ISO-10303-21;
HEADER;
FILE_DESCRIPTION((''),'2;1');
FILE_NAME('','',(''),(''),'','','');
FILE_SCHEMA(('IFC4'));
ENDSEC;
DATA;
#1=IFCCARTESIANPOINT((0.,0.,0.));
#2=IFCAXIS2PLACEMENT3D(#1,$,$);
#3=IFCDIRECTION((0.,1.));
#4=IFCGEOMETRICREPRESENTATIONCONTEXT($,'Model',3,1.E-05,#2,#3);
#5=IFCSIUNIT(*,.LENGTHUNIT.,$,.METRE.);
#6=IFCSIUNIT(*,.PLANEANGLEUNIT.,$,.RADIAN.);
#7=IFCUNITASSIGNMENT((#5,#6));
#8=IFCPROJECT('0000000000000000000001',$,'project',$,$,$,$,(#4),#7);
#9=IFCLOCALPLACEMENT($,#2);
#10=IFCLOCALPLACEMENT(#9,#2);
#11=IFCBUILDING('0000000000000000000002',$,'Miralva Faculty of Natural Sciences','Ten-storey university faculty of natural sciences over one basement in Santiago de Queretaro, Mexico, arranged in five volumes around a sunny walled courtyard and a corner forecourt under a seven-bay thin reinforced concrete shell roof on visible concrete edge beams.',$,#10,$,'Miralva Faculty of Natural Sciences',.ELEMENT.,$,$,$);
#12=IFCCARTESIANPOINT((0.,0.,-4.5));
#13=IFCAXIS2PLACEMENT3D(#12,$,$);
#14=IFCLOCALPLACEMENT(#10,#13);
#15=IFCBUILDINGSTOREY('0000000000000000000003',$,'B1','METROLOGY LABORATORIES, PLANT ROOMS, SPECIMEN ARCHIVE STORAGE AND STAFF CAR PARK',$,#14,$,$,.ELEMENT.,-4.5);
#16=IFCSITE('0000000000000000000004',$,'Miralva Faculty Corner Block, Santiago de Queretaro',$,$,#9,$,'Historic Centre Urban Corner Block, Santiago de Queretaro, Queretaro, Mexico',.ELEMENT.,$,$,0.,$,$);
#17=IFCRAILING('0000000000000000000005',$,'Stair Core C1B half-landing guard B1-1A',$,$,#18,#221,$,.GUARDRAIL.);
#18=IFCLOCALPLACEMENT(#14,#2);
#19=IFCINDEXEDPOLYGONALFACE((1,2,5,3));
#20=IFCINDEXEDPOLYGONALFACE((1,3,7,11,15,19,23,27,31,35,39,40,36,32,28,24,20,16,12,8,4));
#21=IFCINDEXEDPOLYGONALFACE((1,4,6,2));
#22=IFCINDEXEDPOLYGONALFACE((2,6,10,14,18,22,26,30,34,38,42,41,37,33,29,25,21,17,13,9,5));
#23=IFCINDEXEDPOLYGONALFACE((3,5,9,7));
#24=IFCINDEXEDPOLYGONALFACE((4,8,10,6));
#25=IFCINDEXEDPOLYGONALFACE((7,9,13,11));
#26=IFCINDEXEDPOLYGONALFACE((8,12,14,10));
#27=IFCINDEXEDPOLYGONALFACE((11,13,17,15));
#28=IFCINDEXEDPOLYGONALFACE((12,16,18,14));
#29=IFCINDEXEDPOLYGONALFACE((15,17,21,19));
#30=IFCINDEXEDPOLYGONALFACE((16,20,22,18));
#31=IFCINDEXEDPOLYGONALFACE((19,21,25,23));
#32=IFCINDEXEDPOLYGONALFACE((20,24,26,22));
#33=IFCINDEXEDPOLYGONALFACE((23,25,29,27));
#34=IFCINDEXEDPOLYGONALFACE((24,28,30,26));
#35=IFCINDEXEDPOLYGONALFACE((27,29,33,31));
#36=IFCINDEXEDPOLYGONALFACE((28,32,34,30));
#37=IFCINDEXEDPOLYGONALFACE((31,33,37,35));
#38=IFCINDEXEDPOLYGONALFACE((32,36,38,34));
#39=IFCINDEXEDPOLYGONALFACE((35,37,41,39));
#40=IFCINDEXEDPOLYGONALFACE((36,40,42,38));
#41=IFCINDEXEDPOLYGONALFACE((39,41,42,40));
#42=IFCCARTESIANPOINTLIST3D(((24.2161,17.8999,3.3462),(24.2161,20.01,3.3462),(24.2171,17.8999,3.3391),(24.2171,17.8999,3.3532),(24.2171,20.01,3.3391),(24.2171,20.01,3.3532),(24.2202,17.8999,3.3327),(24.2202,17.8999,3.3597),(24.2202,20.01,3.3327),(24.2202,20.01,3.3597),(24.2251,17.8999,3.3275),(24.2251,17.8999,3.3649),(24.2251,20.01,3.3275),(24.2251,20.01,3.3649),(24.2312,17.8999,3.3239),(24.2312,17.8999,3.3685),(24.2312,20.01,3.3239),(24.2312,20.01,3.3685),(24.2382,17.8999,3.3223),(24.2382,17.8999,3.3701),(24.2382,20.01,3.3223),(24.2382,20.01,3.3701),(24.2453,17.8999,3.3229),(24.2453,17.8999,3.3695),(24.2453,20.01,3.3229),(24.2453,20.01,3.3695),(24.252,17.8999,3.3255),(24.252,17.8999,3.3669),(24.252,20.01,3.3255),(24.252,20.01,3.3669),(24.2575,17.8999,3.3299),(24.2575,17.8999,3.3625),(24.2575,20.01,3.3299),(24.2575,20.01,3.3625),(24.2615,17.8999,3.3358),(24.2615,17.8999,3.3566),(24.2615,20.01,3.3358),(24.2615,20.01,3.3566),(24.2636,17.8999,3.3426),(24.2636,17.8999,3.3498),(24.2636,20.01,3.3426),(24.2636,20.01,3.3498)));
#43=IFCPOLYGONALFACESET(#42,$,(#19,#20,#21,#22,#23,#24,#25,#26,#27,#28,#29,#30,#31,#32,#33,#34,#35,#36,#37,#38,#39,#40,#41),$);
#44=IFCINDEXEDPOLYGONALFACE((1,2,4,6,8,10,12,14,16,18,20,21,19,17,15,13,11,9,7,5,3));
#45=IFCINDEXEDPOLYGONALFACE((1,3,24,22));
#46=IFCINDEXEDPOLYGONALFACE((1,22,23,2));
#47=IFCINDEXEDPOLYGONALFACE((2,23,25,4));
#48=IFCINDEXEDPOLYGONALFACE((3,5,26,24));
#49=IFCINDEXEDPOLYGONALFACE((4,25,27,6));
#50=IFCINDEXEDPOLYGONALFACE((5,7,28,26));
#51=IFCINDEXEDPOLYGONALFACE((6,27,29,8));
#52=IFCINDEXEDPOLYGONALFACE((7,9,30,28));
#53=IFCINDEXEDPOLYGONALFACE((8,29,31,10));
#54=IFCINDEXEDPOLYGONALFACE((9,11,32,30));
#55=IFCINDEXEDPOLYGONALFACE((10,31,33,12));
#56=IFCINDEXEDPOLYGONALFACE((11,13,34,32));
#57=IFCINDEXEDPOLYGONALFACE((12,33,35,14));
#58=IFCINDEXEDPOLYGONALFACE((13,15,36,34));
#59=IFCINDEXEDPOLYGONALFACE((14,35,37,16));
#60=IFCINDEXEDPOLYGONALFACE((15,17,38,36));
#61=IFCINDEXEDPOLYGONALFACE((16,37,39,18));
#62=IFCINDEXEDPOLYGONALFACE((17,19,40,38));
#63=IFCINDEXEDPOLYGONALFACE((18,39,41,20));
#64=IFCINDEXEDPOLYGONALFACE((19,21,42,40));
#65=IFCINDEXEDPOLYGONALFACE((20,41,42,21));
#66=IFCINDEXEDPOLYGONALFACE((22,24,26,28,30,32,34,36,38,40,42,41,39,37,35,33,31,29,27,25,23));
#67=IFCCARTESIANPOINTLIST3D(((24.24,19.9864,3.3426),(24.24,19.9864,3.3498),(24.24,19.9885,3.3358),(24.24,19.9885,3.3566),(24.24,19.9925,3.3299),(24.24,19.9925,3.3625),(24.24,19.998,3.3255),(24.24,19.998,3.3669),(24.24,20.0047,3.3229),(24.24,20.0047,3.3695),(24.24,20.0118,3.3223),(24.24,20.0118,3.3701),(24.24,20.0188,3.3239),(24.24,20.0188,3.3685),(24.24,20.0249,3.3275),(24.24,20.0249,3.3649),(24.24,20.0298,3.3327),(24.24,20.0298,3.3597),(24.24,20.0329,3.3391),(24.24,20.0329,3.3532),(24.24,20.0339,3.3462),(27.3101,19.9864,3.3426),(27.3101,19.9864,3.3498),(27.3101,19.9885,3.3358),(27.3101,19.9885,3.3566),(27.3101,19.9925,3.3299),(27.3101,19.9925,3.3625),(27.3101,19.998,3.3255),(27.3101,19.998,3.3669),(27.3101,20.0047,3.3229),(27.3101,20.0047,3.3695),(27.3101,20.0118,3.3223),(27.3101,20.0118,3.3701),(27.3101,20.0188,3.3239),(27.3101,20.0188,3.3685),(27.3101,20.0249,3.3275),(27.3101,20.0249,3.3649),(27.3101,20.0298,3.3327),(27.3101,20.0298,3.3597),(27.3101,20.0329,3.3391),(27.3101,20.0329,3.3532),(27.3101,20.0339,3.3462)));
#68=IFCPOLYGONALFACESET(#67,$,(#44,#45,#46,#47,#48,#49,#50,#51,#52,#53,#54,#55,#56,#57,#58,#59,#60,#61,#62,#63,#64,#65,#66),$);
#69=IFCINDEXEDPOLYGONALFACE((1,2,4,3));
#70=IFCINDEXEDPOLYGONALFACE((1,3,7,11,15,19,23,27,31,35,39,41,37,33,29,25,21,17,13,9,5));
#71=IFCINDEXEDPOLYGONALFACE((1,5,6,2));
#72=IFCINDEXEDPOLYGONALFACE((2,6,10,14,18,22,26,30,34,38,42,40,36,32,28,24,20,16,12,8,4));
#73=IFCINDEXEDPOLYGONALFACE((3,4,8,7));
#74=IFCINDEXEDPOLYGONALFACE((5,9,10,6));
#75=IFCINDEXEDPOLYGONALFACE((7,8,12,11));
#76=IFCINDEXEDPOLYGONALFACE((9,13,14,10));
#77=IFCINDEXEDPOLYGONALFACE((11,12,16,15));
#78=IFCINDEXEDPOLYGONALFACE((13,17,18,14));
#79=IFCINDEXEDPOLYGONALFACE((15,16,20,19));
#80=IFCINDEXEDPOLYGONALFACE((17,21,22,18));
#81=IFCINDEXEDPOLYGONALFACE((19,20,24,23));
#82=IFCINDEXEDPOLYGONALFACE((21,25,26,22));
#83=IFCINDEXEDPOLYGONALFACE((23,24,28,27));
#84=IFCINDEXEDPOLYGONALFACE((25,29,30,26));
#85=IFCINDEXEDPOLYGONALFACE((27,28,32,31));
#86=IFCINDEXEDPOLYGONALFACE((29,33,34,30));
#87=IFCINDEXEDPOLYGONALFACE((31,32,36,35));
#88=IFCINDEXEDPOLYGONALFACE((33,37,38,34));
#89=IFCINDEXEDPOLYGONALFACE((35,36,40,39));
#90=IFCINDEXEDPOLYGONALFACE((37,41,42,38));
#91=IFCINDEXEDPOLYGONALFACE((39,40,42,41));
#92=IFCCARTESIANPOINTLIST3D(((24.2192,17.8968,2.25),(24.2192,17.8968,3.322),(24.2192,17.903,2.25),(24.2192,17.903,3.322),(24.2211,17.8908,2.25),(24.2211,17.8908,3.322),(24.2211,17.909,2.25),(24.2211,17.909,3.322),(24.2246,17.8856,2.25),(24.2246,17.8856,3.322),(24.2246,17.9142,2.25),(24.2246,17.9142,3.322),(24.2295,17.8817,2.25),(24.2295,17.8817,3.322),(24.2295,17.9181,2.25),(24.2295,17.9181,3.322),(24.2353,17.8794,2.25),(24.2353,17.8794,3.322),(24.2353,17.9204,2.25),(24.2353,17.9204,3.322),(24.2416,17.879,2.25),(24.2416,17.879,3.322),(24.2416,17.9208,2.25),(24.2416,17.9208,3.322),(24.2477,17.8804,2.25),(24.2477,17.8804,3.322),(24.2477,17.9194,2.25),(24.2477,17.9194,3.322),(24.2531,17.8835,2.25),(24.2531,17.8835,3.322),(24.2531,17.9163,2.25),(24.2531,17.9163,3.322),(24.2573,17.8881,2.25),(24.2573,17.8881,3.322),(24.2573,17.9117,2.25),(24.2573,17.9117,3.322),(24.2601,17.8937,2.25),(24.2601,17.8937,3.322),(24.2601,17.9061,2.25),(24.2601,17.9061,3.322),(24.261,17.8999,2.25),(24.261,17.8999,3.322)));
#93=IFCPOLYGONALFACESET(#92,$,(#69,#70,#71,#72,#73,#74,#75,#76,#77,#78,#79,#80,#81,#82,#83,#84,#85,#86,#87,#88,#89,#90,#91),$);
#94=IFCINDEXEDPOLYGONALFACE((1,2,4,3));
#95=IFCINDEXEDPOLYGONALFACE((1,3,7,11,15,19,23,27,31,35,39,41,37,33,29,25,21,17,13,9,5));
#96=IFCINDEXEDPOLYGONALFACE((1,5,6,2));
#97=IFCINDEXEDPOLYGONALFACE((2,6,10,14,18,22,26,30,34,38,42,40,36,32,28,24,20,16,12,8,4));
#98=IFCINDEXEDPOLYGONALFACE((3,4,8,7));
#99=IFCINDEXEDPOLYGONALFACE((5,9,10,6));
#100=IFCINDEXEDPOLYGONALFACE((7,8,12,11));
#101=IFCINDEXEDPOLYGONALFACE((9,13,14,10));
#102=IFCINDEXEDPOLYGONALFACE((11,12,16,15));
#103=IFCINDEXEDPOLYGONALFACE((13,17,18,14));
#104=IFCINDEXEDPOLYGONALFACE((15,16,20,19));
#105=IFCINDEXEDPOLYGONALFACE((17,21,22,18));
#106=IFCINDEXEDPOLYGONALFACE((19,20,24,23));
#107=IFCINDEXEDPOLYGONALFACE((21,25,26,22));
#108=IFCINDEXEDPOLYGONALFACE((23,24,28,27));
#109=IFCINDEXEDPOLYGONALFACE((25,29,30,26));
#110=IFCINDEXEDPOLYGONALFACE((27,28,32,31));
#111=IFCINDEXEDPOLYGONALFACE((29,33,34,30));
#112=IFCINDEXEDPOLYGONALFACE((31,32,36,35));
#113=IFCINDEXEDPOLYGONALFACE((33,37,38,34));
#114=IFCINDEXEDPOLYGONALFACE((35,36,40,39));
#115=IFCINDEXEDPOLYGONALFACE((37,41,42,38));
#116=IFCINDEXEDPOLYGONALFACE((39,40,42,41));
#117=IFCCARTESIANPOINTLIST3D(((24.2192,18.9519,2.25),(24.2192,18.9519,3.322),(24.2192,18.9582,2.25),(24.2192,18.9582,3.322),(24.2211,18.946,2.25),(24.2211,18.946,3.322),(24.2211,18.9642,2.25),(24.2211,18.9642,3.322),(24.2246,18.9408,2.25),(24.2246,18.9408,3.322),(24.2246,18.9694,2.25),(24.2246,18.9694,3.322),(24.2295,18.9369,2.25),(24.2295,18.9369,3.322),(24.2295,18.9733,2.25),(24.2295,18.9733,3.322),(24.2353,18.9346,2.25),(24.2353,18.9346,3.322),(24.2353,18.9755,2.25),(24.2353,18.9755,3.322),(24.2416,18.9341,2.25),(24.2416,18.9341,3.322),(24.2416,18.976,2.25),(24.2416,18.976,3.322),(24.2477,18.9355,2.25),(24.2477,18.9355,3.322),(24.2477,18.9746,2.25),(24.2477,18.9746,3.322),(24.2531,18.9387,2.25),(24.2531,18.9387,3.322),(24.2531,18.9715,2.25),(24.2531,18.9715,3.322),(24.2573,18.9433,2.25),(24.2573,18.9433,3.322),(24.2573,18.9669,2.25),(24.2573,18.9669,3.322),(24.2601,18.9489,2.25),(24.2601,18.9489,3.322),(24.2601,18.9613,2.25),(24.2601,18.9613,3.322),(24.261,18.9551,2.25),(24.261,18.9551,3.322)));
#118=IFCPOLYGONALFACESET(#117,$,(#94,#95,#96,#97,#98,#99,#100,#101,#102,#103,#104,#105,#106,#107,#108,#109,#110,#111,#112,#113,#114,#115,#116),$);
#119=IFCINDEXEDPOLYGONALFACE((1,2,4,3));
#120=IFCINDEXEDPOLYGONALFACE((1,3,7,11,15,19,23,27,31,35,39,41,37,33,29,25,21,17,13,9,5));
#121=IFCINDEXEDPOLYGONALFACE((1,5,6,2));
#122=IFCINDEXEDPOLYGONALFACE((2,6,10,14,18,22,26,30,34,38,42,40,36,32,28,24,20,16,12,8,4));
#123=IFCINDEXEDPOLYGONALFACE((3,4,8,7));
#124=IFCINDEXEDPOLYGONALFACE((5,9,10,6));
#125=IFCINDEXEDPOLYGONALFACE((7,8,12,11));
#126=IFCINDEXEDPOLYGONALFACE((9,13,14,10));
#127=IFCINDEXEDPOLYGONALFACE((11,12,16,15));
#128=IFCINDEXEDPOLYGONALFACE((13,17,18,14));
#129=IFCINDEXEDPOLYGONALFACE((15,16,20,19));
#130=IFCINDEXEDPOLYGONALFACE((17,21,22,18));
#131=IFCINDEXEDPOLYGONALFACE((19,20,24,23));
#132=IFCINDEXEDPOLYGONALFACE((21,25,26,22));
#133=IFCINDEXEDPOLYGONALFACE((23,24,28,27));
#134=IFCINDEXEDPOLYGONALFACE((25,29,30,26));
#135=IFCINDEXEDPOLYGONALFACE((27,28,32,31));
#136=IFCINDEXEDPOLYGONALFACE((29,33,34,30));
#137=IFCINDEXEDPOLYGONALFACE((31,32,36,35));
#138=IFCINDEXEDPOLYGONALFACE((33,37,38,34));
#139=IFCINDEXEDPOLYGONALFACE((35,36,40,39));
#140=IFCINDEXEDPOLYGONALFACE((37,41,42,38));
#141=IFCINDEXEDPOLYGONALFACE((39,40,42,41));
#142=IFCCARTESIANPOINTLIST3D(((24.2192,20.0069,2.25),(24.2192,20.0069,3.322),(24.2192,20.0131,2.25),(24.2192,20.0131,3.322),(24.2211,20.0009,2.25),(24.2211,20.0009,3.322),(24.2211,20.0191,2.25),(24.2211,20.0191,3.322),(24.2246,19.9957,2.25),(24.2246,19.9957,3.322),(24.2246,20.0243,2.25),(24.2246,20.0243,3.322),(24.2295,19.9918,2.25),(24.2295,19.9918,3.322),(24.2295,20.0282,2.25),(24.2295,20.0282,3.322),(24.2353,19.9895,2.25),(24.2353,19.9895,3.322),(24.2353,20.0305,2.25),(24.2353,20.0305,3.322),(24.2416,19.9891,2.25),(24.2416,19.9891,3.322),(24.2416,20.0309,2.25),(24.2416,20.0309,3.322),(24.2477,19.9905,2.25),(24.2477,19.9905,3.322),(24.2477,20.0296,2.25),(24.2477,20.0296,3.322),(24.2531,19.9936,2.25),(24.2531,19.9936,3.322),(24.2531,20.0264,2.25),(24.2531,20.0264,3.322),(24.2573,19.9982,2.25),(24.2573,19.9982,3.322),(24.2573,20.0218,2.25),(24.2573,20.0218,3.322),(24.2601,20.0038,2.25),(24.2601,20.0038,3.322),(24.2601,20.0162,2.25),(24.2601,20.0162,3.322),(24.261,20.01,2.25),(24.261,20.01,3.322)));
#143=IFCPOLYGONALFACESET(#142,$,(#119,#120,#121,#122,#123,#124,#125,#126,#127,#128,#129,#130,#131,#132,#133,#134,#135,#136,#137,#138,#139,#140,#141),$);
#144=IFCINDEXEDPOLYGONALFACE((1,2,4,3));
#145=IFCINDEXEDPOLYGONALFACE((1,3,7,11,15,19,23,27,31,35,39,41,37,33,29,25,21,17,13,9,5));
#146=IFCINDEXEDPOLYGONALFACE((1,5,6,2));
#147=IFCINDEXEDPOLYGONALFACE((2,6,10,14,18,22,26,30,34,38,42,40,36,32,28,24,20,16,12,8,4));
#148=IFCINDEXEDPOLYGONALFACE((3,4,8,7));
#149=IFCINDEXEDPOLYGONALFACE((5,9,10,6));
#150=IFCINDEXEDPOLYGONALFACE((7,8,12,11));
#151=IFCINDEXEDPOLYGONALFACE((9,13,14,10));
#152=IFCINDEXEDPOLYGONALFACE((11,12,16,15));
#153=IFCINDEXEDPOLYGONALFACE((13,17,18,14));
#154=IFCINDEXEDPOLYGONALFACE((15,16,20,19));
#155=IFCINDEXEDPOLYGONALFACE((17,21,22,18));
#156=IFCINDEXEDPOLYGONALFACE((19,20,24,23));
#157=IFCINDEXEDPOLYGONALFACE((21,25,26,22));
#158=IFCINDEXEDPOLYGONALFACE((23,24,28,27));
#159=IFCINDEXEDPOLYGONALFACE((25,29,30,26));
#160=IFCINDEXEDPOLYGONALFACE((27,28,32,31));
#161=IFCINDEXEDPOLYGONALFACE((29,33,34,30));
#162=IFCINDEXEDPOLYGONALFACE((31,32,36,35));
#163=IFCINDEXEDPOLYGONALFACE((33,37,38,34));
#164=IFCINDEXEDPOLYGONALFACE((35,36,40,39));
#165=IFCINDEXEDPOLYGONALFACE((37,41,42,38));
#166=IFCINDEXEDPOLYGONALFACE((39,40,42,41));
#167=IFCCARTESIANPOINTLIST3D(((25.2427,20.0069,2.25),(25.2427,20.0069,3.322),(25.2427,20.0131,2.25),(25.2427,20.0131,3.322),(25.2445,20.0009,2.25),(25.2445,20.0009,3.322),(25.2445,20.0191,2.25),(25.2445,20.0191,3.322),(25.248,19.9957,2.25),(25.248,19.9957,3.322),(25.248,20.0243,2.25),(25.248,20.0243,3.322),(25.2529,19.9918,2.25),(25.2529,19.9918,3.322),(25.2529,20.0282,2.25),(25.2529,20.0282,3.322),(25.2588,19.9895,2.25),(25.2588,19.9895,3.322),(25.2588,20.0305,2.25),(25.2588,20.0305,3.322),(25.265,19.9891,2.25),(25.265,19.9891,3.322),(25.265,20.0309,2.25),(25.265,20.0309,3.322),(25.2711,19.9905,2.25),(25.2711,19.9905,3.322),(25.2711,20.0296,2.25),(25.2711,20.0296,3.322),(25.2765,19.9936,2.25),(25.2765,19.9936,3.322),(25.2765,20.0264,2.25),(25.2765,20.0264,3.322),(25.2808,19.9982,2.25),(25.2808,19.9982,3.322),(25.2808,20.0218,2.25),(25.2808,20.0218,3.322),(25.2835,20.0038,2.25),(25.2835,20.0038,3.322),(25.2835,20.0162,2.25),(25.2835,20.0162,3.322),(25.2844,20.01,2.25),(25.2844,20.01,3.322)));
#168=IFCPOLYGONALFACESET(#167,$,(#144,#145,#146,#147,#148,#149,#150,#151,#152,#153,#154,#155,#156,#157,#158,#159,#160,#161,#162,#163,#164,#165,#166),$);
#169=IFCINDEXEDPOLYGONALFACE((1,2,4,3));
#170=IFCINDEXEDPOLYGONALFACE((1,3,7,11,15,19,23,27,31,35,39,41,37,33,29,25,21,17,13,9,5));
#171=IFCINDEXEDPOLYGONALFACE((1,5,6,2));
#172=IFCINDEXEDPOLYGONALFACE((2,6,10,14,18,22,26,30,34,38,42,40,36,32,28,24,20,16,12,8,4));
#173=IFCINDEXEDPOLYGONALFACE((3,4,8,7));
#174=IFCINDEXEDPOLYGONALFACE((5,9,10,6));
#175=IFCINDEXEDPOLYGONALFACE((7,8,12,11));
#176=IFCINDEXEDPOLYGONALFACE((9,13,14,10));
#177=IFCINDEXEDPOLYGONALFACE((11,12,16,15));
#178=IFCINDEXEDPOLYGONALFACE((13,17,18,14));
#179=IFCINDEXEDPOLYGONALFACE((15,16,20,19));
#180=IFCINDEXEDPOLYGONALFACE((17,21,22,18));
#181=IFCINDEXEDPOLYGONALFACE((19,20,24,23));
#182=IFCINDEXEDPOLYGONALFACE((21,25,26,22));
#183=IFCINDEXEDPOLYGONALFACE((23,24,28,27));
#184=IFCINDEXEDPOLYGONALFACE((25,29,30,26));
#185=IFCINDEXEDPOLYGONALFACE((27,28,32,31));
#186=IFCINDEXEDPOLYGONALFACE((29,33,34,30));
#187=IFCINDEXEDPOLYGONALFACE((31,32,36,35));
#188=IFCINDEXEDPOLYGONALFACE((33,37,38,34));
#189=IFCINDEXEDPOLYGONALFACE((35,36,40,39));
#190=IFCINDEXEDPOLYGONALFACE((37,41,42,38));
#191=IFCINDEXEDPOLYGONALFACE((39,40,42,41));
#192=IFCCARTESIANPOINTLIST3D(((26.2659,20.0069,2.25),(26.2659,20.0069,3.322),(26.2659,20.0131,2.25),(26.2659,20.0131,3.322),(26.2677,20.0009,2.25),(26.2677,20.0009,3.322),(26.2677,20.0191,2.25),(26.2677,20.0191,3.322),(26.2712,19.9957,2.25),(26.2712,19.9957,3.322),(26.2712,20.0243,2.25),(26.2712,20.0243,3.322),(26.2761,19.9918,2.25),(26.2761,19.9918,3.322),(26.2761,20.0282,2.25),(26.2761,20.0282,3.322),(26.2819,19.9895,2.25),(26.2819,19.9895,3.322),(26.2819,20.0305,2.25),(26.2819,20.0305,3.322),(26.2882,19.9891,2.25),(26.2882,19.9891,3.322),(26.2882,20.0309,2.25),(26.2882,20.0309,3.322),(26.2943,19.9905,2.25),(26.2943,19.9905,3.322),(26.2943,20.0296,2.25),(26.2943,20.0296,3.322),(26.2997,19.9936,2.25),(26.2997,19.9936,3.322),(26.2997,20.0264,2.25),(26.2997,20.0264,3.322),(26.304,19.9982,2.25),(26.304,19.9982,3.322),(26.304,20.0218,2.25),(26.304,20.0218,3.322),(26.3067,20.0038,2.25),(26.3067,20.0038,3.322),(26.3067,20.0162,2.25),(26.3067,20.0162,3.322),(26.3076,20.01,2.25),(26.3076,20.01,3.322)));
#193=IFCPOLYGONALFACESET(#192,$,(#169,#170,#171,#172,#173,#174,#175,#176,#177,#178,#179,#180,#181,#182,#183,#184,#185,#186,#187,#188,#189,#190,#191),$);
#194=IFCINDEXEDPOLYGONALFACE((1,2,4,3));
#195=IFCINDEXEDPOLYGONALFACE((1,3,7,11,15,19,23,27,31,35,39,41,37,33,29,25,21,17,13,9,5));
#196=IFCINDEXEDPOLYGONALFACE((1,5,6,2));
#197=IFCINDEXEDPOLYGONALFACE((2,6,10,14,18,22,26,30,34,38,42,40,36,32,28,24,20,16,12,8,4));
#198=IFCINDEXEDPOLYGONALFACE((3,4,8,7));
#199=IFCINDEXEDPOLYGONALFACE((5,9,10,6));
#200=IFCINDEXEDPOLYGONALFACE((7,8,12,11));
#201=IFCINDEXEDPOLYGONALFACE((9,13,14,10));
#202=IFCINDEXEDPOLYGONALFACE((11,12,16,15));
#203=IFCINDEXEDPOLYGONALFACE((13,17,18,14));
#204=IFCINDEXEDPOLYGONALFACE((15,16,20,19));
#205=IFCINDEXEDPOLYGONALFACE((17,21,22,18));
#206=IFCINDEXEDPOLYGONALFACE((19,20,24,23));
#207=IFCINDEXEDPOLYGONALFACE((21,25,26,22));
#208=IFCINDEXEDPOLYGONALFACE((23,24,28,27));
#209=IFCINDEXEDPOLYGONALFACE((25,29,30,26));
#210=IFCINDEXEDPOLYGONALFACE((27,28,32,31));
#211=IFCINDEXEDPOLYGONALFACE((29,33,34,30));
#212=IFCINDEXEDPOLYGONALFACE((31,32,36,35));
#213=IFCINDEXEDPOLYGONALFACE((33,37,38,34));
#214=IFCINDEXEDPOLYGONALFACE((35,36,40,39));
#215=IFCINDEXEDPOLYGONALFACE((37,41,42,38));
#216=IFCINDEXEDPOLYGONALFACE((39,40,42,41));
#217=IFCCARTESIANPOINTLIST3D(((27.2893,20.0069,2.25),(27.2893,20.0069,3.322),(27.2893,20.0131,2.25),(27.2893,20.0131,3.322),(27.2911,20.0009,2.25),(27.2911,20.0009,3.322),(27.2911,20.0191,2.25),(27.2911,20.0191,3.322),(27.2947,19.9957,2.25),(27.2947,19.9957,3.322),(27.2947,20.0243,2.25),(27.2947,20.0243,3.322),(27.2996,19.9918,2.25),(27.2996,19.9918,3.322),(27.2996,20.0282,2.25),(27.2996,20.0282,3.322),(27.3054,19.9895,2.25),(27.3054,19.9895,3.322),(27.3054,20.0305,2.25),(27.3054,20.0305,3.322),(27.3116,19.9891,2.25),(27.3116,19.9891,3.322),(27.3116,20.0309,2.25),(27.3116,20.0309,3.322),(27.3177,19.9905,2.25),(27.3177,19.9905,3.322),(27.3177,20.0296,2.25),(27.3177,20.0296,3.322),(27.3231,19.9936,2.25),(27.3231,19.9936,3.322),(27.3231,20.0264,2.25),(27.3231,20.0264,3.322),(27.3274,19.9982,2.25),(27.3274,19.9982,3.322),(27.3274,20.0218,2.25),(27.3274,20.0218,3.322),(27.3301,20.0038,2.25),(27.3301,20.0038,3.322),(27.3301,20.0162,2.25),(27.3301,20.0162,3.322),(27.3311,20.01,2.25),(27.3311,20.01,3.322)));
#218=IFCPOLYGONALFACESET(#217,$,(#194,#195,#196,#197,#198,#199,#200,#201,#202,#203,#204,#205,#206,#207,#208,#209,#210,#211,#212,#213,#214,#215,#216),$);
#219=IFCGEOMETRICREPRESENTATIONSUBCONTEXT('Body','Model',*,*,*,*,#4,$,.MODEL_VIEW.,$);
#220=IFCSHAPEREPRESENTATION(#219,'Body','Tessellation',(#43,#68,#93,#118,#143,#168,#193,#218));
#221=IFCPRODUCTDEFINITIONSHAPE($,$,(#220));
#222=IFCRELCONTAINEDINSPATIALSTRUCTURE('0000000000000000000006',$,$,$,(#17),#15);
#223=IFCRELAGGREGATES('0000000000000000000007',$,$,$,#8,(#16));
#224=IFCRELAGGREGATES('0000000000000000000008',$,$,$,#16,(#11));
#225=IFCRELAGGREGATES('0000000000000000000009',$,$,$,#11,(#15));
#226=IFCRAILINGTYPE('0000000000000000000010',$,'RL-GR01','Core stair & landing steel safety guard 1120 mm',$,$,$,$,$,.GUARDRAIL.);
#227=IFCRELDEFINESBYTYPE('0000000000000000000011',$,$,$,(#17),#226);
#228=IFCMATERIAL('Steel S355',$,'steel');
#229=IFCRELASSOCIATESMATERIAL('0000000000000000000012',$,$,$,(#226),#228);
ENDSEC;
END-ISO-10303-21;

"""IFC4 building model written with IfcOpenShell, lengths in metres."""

from ifc_helpers import new_model, si_unit, direction, frame, origin, origin_2d, place, context, subcontext, project, spatial, circle, extrude, material, type_object, element, save


model = new_model("IFC4")

# Units and contexts
model_context = context("Model", 3, precision=1e-05, world=origin(), true_north=direction((0.0, 1.0)))
body_context = subcontext(model_context, "Body", "Model", "MODEL_VIEW")
ifc_project = project(units=[si_unit("LENGTHUNIT", "METRE"), si_unit("PLANEANGLEUNIT", "RADIAN")], contexts=[model_context])

# Site, building, storey
site_placement = place(None, origin())
site = spatial("IfcSite", under=ifc_project, at=site_placement, Name="Miralva Faculty Corner Block, Santiago de Queretaro", LongName="Historic Centre Urban Corner Block, Santiago de Queretaro, Queretaro, Mexico", CompositionType="ELEMENT", RefElevation=0.0)
building_placement = place(site_placement, origin())
building = spatial("IfcBuilding", under=site, at=building_placement, Name="Miralva Faculty of Natural Sciences", Description="Ten-storey university faculty of natural sciences over one basement in Santiago de Queretaro, Mexico, arranged in five volumes around a sunny walled courtyard and a corner forecourt under a seven-bay thin reinforced concrete shell roof on visible concrete edge beams.", LongName="Miralva Faculty of Natural Sciences", CompositionType="ELEMENT")
storey_placement = place(building_placement, frame((0.0, 0.0, -4.5)))
storey = spatial("IfcBuildingStorey", under=building, at=storey_placement, Name="B1", Description="METROLOGY LABORATORIES, PLANT ROOMS, SPECIMEN ARCHIVE STORAGE AND STAFF CAR PARK", CompositionType="ELEMENT", Elevation=-4.5)

# Railing
ifc_material_1 = material(Name="Steel S355", Category="steel")
railing_type_1 = type_object("IfcRailingType", Name="RL-GR01", Description="Core stair & landing steel safety guard 1120 mm", PredefinedType="GUARDRAIL", material=ifc_material_1)
railing_1_placement = place(storey_placement, frame((24.24, 17.8999, 2.25)))
element("IfcRailing", 1, at=railing_1_placement, inside=storey, type_object=railing_type_1, Name="Stair Core C1B half-landing guard B1-1A", PredefinedType="GUARDRAIL", context=body_context, shape_type="SweptSolid", body=[
    extrude(circle(Radius=0.0239, at=origin_2d()), frame((0.0, 0.0, 1.0962), z_axis=(0.0, 1.0, 0.0), x_axis=(-1.0, 0.0, 0.0)), (0.0, 0.0, 1.0), 2.1101),
    extrude(circle(Radius=0.0239, at=origin_2d()), frame((0.0, 2.1101, 1.0962), z_axis=(1.0, 0.0, 0.0), x_axis=(0.0, 1.0, 0.0)), (0.0, 0.0, 1.0), 3.0701),
    extrude(circle(Radius=0.021, at=origin_2d()), origin(), (0.0, 0.0, 1.0), 1.072),
    extrude(circle(Radius=0.021, at=origin_2d()), frame((0.0, 1.0552, 0.0)), (0.0, 0.0, 1.0), 1.072),
    extrude(circle(Radius=0.021, at=origin_2d()), frame((0.0, 2.1101, 0.0)), (0.0, 0.0, 1.0), 1.072),
    extrude(circle(Radius=0.021, at=origin_2d()), frame((1.0234, 2.1101, 0.0)), (0.0, 0.0, 1.0), 1.072),
    extrude(circle(Radius=0.021, at=origin_2d()), frame((2.0466, 2.1101, 0.0)), (0.0, 0.0, 1.0), 1.072),
    extrude(circle(Radius=0.021, at=origin_2d()), frame((3.0701, 2.1101, 0.0)), (0.0, 0.0, 1.0), 1.072),
])

save(model, "model.ifc")
